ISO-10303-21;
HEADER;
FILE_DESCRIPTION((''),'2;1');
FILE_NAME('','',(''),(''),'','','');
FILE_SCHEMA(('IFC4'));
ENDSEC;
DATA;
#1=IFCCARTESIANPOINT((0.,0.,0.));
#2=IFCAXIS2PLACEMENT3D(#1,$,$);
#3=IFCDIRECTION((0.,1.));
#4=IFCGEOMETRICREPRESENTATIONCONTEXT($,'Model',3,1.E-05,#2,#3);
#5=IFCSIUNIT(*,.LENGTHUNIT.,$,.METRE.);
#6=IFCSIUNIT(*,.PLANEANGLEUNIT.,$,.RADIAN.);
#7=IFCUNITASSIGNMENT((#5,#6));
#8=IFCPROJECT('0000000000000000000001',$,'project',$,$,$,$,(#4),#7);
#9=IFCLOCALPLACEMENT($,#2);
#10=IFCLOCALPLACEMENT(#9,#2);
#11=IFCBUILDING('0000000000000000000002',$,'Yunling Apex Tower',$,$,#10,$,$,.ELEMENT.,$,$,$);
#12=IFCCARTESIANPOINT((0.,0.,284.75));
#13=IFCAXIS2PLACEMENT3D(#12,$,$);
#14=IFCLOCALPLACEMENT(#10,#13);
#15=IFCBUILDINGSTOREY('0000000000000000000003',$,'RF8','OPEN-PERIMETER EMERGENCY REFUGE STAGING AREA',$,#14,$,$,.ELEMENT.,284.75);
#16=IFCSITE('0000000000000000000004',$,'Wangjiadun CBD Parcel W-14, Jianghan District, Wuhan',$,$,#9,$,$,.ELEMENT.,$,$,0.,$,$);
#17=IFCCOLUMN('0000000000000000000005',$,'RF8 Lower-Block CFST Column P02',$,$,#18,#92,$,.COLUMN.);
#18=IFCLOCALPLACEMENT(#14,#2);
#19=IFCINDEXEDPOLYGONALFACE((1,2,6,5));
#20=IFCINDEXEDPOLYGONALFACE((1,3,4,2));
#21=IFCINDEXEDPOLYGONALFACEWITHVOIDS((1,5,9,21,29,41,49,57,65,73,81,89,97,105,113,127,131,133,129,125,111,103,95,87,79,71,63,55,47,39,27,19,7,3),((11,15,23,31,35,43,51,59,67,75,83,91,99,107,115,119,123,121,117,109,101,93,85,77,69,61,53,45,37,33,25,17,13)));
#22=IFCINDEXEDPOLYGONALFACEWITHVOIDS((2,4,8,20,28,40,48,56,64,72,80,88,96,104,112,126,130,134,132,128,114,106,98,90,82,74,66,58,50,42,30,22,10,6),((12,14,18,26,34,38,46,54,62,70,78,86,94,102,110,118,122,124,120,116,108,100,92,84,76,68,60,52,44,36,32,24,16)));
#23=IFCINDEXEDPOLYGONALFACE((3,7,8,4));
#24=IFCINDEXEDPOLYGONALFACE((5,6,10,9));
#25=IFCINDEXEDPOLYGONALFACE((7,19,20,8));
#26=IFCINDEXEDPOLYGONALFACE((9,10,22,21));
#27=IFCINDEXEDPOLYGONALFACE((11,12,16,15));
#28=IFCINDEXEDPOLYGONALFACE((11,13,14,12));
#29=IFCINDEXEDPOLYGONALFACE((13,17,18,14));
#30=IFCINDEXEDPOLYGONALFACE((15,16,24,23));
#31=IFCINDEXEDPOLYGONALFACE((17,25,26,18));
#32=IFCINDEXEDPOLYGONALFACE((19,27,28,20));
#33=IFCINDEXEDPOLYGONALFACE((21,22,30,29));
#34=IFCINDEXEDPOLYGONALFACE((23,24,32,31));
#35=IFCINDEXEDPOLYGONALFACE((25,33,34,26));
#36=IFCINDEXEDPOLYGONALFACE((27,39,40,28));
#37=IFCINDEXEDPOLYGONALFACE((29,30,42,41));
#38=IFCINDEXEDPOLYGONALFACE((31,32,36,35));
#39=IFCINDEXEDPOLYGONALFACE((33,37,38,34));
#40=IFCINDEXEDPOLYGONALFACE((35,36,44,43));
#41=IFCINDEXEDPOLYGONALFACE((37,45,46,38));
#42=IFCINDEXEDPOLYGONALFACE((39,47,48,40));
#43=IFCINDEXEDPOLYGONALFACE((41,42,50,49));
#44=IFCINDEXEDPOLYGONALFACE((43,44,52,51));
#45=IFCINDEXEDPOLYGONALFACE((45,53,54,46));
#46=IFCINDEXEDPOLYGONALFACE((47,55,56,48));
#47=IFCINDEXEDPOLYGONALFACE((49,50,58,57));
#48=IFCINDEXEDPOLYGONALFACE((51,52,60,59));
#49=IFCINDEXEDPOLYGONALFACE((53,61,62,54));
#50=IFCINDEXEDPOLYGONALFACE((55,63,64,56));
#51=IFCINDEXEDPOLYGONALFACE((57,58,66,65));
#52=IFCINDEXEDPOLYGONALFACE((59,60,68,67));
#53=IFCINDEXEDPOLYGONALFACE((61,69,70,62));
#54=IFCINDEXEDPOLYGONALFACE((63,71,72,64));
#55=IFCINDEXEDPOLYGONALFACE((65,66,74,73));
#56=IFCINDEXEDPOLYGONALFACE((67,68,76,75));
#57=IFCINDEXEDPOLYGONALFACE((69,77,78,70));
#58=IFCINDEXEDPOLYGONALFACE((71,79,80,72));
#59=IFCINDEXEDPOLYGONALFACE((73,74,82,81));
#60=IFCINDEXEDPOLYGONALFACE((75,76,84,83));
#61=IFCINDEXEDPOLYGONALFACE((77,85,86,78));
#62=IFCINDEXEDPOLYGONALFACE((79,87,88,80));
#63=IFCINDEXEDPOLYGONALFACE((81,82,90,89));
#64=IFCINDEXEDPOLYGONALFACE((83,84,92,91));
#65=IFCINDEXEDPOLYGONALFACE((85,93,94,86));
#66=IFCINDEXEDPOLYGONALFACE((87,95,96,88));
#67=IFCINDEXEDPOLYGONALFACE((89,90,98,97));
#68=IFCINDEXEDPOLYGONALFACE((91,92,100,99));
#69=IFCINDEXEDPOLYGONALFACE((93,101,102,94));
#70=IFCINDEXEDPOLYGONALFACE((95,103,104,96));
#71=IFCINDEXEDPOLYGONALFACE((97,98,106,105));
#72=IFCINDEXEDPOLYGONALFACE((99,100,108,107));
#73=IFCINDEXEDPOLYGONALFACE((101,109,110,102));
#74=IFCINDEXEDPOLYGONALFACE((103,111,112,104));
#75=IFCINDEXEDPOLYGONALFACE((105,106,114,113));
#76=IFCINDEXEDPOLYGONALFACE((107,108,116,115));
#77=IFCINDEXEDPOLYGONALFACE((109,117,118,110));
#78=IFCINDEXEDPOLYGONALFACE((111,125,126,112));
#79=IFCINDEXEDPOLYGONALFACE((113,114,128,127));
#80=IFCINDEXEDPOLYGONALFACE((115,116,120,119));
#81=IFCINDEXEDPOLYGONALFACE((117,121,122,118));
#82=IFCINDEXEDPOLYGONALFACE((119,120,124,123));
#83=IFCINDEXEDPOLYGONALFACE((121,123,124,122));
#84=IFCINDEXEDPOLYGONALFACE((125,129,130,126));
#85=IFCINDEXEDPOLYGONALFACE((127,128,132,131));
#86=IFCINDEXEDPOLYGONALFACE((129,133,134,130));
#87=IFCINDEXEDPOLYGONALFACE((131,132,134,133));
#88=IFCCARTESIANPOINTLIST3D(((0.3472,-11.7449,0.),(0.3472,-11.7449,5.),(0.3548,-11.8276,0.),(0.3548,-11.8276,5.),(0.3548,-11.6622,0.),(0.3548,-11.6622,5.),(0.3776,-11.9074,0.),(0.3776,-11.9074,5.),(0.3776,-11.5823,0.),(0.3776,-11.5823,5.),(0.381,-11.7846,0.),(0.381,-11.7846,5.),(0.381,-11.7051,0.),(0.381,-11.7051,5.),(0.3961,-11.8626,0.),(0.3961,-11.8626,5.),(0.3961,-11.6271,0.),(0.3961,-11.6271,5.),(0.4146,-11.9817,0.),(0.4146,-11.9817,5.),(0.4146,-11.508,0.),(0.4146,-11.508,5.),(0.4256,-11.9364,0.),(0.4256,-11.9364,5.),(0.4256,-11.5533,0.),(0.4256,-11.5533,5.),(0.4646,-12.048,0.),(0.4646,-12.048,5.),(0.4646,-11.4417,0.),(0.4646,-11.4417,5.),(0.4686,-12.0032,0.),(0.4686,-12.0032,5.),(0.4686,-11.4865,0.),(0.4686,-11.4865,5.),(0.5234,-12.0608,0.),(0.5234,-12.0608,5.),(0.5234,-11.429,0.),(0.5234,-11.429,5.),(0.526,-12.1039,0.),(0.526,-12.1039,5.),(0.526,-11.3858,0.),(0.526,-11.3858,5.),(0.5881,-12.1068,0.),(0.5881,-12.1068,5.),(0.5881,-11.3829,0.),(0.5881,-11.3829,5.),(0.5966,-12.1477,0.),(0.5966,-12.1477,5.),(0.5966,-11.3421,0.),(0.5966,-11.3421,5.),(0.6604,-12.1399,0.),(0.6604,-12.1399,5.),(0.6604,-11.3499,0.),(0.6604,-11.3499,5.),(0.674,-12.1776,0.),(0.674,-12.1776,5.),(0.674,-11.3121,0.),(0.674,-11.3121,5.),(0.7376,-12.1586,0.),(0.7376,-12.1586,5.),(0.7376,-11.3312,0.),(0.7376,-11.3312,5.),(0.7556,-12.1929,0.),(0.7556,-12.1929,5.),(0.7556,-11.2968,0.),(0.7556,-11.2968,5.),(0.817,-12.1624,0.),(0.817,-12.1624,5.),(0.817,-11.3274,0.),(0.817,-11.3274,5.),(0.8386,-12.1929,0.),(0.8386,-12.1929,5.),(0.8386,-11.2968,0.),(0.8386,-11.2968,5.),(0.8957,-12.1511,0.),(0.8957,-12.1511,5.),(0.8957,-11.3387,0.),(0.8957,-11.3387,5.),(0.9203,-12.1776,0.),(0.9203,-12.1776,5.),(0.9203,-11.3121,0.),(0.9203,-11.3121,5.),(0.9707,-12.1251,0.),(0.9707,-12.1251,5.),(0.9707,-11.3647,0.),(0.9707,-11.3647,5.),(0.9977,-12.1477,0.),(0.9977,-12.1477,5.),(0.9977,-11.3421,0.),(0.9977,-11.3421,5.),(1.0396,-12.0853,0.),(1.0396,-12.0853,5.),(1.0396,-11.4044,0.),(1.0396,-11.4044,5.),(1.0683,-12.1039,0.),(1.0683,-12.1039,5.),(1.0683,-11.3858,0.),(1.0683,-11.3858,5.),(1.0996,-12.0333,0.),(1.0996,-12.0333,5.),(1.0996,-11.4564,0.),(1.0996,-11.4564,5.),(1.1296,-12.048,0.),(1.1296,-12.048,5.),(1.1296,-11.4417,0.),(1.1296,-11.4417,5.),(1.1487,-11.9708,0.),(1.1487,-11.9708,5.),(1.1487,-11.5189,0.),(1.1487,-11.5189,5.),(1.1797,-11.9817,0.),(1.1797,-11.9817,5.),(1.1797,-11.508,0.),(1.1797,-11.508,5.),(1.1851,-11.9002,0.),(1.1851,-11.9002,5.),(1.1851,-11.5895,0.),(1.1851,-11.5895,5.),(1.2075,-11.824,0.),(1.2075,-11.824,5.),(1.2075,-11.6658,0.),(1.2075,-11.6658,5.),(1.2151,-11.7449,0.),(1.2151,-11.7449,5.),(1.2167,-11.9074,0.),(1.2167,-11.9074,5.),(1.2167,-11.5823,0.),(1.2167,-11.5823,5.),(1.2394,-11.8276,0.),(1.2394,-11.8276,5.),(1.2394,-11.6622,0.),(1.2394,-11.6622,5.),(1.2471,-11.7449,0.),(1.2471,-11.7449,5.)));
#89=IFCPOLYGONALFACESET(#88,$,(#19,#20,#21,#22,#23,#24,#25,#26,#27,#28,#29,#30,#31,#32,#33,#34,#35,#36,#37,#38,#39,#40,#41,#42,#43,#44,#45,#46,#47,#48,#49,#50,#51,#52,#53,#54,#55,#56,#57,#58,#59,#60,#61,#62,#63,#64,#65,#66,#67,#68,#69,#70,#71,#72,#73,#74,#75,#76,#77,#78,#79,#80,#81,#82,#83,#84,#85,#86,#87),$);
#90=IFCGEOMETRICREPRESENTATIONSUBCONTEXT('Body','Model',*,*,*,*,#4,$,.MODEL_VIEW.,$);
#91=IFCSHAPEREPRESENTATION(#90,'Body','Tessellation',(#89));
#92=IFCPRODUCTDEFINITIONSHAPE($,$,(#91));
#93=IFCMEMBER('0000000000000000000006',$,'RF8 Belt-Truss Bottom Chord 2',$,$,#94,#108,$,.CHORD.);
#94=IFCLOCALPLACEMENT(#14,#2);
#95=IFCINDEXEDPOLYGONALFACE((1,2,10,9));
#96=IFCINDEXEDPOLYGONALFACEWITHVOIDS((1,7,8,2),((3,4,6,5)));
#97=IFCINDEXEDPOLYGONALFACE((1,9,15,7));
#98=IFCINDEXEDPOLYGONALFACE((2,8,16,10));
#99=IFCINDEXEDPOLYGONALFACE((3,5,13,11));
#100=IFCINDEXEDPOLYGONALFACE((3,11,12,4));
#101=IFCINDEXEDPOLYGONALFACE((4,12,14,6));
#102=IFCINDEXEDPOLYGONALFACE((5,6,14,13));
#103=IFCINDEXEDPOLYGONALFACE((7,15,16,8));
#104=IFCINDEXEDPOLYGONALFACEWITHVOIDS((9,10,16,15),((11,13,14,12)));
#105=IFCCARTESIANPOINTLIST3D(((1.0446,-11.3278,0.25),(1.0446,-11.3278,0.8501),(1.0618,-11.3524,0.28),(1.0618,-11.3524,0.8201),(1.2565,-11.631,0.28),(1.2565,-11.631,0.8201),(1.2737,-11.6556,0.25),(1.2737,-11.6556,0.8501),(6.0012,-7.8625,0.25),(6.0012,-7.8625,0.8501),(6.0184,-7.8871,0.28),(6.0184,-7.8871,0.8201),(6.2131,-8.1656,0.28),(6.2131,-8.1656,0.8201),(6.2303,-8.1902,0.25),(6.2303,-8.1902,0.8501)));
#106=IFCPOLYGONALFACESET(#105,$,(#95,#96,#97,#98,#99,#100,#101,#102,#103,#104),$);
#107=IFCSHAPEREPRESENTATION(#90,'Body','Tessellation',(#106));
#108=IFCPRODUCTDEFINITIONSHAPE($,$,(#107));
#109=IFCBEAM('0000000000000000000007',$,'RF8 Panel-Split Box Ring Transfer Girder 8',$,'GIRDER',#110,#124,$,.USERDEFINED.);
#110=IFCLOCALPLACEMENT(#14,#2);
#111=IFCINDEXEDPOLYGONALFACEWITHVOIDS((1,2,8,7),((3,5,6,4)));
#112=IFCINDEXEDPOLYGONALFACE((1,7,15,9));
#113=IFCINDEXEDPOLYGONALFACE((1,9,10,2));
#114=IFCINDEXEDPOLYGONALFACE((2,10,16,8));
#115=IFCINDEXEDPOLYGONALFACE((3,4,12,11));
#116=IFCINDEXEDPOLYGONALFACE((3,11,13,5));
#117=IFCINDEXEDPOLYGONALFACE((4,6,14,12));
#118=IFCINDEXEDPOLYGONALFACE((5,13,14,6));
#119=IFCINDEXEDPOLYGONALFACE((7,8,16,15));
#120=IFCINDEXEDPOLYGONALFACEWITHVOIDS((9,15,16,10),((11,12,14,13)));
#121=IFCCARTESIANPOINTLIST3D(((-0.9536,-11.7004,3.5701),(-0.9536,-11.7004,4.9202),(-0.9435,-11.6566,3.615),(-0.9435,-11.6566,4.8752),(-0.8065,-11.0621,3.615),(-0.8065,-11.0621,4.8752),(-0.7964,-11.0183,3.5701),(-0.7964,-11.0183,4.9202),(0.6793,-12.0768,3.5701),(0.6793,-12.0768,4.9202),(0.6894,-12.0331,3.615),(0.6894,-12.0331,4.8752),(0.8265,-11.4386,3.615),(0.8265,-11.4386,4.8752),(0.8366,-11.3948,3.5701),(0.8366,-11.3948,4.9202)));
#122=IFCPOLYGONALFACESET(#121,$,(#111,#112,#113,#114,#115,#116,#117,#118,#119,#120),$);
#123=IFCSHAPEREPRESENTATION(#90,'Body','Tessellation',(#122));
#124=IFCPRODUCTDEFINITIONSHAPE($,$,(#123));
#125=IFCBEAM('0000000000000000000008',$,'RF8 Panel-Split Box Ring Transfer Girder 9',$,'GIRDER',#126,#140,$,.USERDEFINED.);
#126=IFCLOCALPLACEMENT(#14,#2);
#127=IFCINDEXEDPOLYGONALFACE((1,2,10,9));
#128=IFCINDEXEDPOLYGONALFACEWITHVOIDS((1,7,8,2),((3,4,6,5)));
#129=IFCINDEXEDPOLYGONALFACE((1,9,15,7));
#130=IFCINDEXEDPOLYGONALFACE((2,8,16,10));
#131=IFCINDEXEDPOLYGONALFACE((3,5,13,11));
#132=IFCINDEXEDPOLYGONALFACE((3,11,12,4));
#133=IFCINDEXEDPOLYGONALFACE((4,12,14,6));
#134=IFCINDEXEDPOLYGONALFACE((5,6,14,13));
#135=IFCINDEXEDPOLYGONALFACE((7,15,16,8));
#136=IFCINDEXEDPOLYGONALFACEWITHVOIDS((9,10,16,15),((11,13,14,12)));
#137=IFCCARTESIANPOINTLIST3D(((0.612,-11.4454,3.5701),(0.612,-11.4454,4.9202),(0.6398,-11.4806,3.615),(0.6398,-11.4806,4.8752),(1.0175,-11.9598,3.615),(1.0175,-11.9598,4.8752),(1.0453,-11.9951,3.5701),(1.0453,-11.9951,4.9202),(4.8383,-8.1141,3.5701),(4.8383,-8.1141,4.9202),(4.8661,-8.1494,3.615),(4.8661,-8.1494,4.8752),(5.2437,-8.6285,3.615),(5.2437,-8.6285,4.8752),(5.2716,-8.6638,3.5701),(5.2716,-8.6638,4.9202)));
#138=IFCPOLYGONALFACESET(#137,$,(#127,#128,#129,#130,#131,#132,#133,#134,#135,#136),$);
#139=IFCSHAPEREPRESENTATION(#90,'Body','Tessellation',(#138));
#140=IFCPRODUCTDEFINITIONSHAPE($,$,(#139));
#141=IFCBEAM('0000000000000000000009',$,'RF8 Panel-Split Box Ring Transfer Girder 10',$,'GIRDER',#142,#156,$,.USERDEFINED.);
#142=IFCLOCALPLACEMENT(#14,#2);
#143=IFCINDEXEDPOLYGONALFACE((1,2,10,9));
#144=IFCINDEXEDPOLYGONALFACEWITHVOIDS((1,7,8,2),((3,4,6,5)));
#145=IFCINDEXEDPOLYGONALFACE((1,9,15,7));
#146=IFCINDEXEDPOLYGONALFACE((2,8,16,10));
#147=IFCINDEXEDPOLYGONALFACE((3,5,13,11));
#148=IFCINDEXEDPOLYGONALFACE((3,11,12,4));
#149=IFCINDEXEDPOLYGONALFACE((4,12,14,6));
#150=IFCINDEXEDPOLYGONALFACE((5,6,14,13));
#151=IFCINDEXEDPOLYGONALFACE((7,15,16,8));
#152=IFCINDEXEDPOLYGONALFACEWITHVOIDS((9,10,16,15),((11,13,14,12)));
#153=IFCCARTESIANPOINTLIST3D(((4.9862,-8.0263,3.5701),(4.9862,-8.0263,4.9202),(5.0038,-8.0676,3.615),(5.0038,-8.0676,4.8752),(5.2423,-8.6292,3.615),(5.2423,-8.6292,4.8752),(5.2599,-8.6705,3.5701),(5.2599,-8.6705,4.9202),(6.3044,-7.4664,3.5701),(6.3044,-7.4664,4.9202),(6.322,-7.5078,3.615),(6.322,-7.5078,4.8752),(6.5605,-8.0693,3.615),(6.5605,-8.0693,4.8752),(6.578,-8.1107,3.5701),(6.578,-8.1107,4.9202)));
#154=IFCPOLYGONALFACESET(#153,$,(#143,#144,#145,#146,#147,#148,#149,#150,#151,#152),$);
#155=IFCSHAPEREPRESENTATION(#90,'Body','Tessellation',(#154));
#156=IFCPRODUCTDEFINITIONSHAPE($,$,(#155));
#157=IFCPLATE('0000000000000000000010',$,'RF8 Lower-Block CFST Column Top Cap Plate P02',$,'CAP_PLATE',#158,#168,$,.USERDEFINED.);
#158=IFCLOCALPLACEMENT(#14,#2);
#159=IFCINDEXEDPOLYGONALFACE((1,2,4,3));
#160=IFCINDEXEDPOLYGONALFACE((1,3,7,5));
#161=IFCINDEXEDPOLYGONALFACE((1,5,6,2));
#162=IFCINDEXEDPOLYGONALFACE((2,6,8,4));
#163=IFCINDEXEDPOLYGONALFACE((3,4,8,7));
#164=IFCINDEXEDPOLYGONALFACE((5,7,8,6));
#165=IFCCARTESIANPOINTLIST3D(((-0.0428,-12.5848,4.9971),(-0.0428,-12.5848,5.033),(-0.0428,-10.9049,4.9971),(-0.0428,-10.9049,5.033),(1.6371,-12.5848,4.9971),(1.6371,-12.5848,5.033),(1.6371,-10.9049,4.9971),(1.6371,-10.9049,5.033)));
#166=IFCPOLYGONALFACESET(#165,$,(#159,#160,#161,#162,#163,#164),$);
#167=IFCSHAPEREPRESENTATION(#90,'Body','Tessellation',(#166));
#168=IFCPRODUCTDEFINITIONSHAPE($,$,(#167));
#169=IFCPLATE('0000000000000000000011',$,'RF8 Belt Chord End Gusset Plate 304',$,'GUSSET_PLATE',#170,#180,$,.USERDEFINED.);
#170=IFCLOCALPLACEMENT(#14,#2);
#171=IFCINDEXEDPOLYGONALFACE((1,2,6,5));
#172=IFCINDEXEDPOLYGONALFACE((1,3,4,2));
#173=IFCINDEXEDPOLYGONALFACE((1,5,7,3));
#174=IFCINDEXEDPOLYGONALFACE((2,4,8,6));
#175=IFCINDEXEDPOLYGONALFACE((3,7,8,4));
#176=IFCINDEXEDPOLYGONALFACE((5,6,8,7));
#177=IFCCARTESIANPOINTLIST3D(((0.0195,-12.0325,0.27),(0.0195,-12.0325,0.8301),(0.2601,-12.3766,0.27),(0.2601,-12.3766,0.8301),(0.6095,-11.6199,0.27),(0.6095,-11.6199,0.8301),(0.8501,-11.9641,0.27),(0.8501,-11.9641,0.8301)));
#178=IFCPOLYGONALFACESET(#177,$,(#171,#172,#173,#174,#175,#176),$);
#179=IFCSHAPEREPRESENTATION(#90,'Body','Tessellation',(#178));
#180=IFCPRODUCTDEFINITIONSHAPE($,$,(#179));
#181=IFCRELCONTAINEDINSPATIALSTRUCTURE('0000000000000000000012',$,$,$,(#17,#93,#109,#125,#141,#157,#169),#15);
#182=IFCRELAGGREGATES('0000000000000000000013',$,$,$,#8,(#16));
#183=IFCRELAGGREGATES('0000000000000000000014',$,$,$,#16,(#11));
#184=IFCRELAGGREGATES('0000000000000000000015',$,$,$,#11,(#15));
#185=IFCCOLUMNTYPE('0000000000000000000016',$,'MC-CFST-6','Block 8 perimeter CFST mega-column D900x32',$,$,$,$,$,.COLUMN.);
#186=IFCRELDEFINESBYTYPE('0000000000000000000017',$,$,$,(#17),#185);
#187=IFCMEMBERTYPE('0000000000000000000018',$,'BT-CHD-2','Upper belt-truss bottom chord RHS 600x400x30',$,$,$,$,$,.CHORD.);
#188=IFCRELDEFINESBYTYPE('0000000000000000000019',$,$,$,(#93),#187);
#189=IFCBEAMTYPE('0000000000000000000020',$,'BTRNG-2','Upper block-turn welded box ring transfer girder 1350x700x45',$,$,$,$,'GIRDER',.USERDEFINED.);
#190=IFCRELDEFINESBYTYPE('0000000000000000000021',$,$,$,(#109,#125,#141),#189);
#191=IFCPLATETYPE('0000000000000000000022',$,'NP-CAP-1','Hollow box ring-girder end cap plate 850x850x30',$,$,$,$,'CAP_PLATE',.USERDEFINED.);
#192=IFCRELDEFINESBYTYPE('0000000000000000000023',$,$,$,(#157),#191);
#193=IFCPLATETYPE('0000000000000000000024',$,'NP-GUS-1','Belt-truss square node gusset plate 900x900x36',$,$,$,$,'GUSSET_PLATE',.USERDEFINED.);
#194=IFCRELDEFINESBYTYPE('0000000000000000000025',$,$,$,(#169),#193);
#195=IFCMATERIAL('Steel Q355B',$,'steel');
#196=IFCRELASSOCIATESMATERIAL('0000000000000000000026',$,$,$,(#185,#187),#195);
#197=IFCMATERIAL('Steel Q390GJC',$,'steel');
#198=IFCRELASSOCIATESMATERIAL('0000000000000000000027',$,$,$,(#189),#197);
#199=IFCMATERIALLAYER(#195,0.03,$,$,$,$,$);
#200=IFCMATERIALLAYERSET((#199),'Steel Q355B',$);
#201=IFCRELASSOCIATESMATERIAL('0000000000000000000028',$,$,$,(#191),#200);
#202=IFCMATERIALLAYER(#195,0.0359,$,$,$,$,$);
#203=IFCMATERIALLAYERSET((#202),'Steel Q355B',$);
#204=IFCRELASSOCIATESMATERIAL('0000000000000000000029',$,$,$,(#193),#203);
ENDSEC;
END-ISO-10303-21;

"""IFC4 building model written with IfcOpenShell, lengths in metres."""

from ifc_helpers import new_model, si_unit, direction, frame, origin, origin_2d, place, context, subcontext, project, spatial, rectangle, hollow_rectangle, hollow_circle, extrude, source, transform, mapped, material, layer, layer_set, material_profile, profile_set, type_object, element, save


model = new_model("IFC4")

# Units and contexts
model_context = context("Model", 3, precision=1e-05, world=origin(), true_north=direction((0.0, 1.0)))
body_context = subcontext(model_context, "Body", "Model", "MODEL_VIEW")
ifc_project = project(units=[si_unit("LENGTHUNIT", "METRE"), si_unit("PLANEANGLEUNIT", "RADIAN")], contexts=[model_context])

# Site, building, storey
site_placement = place(None, origin())
site = spatial("IfcSite", under=ifc_project, at=site_placement, Name="Wangjiadun CBD Parcel W-14, Jianghan District, Wuhan", CompositionType="ELEMENT", RefElevation=0.0)
building_placement = place(site_placement, origin())
building = spatial("IfcBuilding", under=site, at=building_placement, Name="Yunling Apex Tower", CompositionType="ELEMENT")
storey_placement = place(building_placement, frame((0.0, 0.0, 284.75)))
storey = spatial("IfcBuildingStorey", under=building, at=storey_placement, Name="RF8", Description="OPEN-PERIMETER EMERGENCY REFUGE STAGING AREA", CompositionType="ELEMENT", Elevation=284.75)

# Column
ifc_material_1 = material(Name="Steel Q355B", Category="steel")
ifc_material_profile_1 = material_profile(ifc_material_1, hollow_circle(Radius=0.45, WallThickness=0.032, at=origin_2d()))
ifc_profile_set_1 = profile_set([ifc_material_profile_1], Name="Steel Q355B")
column_type = type_object("IfcColumnType", Name="MC-CFST-6", Description="Block 8 perimeter CFST mega-column D900x32", PredefinedType="COLUMN", material=ifc_profile_set_1)
shared_shape_1 = source(origin(), body_context, "Body", "SweptSolid", [
    extrude(hollow_circle(Radius=0.45, WallThickness=0.032, at=origin_2d()), origin(), (0.0, 0.0, 1.0), 5.0),
])
column_placement = place(storey_placement, frame((0.7971, -11.7449, 0.0), z_axis=(0.0, 0.0, 1.0), x_axis=(1.0, 0.0, 0.0)))
element("IfcColumn", 1, at=column_placement, inside=storey, type_object=column_type, Name="RF8 Lower-Block CFST Column P02", PredefinedType="COLUMN", context=body_context, shape_type="MappedRepresentation", body=[
    mapped(shared_shape_1, transform((0.0, 0.0, 0.0), scale=1.0)),
])

# Member
ifc_material_profile_2 = material_profile(ifc_material_1, hollow_rectangle(XDim=0.3999, YDim=0.6001, WallThickness=0.03, at=origin_2d()))
ifc_profile_set_2 = profile_set([ifc_material_profile_2], Name="Steel Q355B")
member_type = type_object("IfcMemberType", Name="BT-CHD-2", Description="Upper belt-truss bottom chord RHS 600x400x30", PredefinedType="CHORD", material=ifc_profile_set_2)
shared_shape_2 = source(origin(), body_context, "Body", "SweptSolid", [
    extrude(hollow_rectangle(XDim=0.3999, YDim=0.6001, WallThickness=0.03, at=origin_2d()), origin(), (0.0, 0.0, 1.0), 6.0479),
])
member_placement = place(storey_placement, frame((1.1592, -11.4917, 0.55), z_axis=(0.819562, 0.572991, 0.0), x_axis=(-0.572991, 0.819562, 0.0)))
element("IfcMember", 2, at=member_placement, inside=storey, type_object=member_type, Name="RF8 Belt-Truss Bottom Chord 2", PredefinedType="CHORD", context=body_context, shape_type="MappedRepresentation", body=[
    mapped(shared_shape_2, transform((0.0, 0.0, 0.0), scale=1.0)),
])

# Beams
ifc_material_2 = material(Name="Steel Q390GJC", Category="steel")
ifc_material_profile_3 = material_profile(ifc_material_2, hollow_rectangle(XDim=0.7, YDim=1.3501, WallThickness=0.0449, at=origin_2d()))
ifc_profile_set_3 = profile_set([ifc_material_profile_3], Name="Steel Q390GJC")
beam_type = type_object("IfcBeamType", Name="BTRNG-2", Description="Upper block-turn welded box ring transfer girder 1350x700x45", ElementType="GIRDER", PredefinedType="USERDEFINED", material=ifc_profile_set_3)
shared_shape_3 = source(origin(), body_context, "Body", "SweptSolid", [
    extrude(hollow_rectangle(XDim=0.7, YDim=1.3501, WallThickness=0.0449, at=origin_2d()), origin(), (0.0, 0.0, 1.0), 1.6758),
])
beam_1_placement = place(storey_placement, frame((-0.875, -11.3594, 4.2451), z_axis=(0.974443, -0.224636, 0.0), x_axis=(0.224636, 0.974443, 0.0)))
element("IfcBeam", 3, at=beam_1_placement, inside=storey, type_object=beam_type, Name="RF8 Panel-Split Box Ring Transfer Girder 8", ObjectType="GIRDER", PredefinedType="USERDEFINED", context=body_context, shape_type="MappedRepresentation", body=[
    mapped(shared_shape_3, transform((0.0, 0.0, 0.0), scale=1.0)),
])
shared_shape_4 = source(origin(), body_context, "Body", "SweptSolid", [
    extrude(hollow_rectangle(XDim=0.7, YDim=1.3501, WallThickness=0.0449, at=origin_2d()), origin(), (0.0, 0.0, 1.0), 5.3813),
])
beam_2_placement = place(storey_placement, frame((0.8286, -11.7202, 4.2451), z_axis=(0.785359, 0.619041, 0.0), x_axis=(-0.619041, 0.785359, 0.0)))
element("IfcBeam", 4, at=beam_2_placement, inside=storey, type_object=beam_type, Name="RF8 Panel-Split Box Ring Transfer Girder 9", ObjectType="GIRDER", PredefinedType="USERDEFINED", context=body_context, shape_type="MappedRepresentation", body=[
    mapped(shared_shape_4, transform((0.0, 0.0, 0.0), scale=1.0)),
])
shared_shape_5 = source(origin(), body_context, "Body", "SweptSolid", [
    extrude(hollow_rectangle(XDim=0.7, YDim=1.3501, WallThickness=0.0449, at=origin_2d()), origin(), (0.0, 0.0, 1.0), 1.4321),
])
beam_3_placement = place(storey_placement, frame((5.123, -8.3484, 4.2451), z_axis=(0.920428, 0.390913, 0.0), x_axis=(-0.390913, 0.920428, 0.0)))
element("IfcBeam", 5, at=beam_3_placement, inside=storey, type_object=beam_type, Name="RF8 Panel-Split Box Ring Transfer Girder 10", ObjectType="GIRDER", PredefinedType="USERDEFINED", context=body_context, shape_type="MappedRepresentation", body=[
    mapped(shared_shape_5, transform((0.0, 0.0, 0.0), scale=1.0)),
])

# Plates
ifc_layer_1 = layer(ifc_material_1, 0.03)
ifc_layer_set_1 = layer_set([ifc_layer_1], Name="Steel Q355B")
plate_type_1 = type_object("IfcPlateType", Name="NP-CAP-1", Description="Hollow box ring-girder end cap plate 850x850x30", ElementType="CAP_PLATE", PredefinedType="USERDEFINED", material=ifc_layer_set_1)
shared_shape_6 = source(origin(), body_context, "Body", "SweptSolid", [
    extrude(rectangle(XDim=1.6799, YDim=1.6799, at=origin_2d()), origin(), (0.0, 0.0, 1.0), 0.0359),
])
plate_1_placement = place(storey_placement, frame((0.7971, -11.7449, 4.9971), z_axis=(0.0, 0.0, 1.0), x_axis=(1.0, 0.0, 0.0)))
element("IfcPlate", 6, at=plate_1_placement, inside=storey, type_object=plate_type_1, Name="RF8 Lower-Block CFST Column Top Cap Plate P02", ObjectType="CAP_PLATE", PredefinedType="USERDEFINED", context=body_context, shape_type="MappedRepresentation", body=[
    mapped(shared_shape_6, transform((0.0, 0.0, 0.0), scale=1.0)),
])
ifc_layer_2 = layer(ifc_material_1, 0.0359)
ifc_layer_set_2 = layer_set([ifc_layer_2], Name="Steel Q355B")
plate_type_2 = type_object("IfcPlateType", Name="NP-GUS-1", Description="Belt-truss square node gusset plate 900x900x36", ElementType="GUSSET_PLATE", PredefinedType="USERDEFINED", material=ifc_layer_set_2)
shared_shape_7 = source(origin(), body_context, "Body", "SweptSolid", [
    extrude(rectangle(XDim=0.72, YDim=0.4199, at=origin_2d()), origin(), (0.0, 0.0, 1.0), 0.5601),
])
for number, where, z_axis, x_axis, name in (
    (7, (0.4348, -11.9983, 0.27), (0.0, 0.0, 1.0), (0.819552, 0.573004, 0.0), "RF8 Belt Chord End Gusset Plate 304"),
):
    element("IfcPlate", number, at=place(storey_placement, frame(where, z_axis=z_axis, x_axis=x_axis)), inside=storey, type_object=plate_type_2, Name=name, ObjectType="GUSSET_PLATE", PredefinedType="USERDEFINED", context=body_context, shape_type="MappedRepresentation", body=[
        mapped(shared_shape_7, transform((0.0, 0.0, 0.0), scale=1.0)),
    ])

save(model, "model.ifc")
